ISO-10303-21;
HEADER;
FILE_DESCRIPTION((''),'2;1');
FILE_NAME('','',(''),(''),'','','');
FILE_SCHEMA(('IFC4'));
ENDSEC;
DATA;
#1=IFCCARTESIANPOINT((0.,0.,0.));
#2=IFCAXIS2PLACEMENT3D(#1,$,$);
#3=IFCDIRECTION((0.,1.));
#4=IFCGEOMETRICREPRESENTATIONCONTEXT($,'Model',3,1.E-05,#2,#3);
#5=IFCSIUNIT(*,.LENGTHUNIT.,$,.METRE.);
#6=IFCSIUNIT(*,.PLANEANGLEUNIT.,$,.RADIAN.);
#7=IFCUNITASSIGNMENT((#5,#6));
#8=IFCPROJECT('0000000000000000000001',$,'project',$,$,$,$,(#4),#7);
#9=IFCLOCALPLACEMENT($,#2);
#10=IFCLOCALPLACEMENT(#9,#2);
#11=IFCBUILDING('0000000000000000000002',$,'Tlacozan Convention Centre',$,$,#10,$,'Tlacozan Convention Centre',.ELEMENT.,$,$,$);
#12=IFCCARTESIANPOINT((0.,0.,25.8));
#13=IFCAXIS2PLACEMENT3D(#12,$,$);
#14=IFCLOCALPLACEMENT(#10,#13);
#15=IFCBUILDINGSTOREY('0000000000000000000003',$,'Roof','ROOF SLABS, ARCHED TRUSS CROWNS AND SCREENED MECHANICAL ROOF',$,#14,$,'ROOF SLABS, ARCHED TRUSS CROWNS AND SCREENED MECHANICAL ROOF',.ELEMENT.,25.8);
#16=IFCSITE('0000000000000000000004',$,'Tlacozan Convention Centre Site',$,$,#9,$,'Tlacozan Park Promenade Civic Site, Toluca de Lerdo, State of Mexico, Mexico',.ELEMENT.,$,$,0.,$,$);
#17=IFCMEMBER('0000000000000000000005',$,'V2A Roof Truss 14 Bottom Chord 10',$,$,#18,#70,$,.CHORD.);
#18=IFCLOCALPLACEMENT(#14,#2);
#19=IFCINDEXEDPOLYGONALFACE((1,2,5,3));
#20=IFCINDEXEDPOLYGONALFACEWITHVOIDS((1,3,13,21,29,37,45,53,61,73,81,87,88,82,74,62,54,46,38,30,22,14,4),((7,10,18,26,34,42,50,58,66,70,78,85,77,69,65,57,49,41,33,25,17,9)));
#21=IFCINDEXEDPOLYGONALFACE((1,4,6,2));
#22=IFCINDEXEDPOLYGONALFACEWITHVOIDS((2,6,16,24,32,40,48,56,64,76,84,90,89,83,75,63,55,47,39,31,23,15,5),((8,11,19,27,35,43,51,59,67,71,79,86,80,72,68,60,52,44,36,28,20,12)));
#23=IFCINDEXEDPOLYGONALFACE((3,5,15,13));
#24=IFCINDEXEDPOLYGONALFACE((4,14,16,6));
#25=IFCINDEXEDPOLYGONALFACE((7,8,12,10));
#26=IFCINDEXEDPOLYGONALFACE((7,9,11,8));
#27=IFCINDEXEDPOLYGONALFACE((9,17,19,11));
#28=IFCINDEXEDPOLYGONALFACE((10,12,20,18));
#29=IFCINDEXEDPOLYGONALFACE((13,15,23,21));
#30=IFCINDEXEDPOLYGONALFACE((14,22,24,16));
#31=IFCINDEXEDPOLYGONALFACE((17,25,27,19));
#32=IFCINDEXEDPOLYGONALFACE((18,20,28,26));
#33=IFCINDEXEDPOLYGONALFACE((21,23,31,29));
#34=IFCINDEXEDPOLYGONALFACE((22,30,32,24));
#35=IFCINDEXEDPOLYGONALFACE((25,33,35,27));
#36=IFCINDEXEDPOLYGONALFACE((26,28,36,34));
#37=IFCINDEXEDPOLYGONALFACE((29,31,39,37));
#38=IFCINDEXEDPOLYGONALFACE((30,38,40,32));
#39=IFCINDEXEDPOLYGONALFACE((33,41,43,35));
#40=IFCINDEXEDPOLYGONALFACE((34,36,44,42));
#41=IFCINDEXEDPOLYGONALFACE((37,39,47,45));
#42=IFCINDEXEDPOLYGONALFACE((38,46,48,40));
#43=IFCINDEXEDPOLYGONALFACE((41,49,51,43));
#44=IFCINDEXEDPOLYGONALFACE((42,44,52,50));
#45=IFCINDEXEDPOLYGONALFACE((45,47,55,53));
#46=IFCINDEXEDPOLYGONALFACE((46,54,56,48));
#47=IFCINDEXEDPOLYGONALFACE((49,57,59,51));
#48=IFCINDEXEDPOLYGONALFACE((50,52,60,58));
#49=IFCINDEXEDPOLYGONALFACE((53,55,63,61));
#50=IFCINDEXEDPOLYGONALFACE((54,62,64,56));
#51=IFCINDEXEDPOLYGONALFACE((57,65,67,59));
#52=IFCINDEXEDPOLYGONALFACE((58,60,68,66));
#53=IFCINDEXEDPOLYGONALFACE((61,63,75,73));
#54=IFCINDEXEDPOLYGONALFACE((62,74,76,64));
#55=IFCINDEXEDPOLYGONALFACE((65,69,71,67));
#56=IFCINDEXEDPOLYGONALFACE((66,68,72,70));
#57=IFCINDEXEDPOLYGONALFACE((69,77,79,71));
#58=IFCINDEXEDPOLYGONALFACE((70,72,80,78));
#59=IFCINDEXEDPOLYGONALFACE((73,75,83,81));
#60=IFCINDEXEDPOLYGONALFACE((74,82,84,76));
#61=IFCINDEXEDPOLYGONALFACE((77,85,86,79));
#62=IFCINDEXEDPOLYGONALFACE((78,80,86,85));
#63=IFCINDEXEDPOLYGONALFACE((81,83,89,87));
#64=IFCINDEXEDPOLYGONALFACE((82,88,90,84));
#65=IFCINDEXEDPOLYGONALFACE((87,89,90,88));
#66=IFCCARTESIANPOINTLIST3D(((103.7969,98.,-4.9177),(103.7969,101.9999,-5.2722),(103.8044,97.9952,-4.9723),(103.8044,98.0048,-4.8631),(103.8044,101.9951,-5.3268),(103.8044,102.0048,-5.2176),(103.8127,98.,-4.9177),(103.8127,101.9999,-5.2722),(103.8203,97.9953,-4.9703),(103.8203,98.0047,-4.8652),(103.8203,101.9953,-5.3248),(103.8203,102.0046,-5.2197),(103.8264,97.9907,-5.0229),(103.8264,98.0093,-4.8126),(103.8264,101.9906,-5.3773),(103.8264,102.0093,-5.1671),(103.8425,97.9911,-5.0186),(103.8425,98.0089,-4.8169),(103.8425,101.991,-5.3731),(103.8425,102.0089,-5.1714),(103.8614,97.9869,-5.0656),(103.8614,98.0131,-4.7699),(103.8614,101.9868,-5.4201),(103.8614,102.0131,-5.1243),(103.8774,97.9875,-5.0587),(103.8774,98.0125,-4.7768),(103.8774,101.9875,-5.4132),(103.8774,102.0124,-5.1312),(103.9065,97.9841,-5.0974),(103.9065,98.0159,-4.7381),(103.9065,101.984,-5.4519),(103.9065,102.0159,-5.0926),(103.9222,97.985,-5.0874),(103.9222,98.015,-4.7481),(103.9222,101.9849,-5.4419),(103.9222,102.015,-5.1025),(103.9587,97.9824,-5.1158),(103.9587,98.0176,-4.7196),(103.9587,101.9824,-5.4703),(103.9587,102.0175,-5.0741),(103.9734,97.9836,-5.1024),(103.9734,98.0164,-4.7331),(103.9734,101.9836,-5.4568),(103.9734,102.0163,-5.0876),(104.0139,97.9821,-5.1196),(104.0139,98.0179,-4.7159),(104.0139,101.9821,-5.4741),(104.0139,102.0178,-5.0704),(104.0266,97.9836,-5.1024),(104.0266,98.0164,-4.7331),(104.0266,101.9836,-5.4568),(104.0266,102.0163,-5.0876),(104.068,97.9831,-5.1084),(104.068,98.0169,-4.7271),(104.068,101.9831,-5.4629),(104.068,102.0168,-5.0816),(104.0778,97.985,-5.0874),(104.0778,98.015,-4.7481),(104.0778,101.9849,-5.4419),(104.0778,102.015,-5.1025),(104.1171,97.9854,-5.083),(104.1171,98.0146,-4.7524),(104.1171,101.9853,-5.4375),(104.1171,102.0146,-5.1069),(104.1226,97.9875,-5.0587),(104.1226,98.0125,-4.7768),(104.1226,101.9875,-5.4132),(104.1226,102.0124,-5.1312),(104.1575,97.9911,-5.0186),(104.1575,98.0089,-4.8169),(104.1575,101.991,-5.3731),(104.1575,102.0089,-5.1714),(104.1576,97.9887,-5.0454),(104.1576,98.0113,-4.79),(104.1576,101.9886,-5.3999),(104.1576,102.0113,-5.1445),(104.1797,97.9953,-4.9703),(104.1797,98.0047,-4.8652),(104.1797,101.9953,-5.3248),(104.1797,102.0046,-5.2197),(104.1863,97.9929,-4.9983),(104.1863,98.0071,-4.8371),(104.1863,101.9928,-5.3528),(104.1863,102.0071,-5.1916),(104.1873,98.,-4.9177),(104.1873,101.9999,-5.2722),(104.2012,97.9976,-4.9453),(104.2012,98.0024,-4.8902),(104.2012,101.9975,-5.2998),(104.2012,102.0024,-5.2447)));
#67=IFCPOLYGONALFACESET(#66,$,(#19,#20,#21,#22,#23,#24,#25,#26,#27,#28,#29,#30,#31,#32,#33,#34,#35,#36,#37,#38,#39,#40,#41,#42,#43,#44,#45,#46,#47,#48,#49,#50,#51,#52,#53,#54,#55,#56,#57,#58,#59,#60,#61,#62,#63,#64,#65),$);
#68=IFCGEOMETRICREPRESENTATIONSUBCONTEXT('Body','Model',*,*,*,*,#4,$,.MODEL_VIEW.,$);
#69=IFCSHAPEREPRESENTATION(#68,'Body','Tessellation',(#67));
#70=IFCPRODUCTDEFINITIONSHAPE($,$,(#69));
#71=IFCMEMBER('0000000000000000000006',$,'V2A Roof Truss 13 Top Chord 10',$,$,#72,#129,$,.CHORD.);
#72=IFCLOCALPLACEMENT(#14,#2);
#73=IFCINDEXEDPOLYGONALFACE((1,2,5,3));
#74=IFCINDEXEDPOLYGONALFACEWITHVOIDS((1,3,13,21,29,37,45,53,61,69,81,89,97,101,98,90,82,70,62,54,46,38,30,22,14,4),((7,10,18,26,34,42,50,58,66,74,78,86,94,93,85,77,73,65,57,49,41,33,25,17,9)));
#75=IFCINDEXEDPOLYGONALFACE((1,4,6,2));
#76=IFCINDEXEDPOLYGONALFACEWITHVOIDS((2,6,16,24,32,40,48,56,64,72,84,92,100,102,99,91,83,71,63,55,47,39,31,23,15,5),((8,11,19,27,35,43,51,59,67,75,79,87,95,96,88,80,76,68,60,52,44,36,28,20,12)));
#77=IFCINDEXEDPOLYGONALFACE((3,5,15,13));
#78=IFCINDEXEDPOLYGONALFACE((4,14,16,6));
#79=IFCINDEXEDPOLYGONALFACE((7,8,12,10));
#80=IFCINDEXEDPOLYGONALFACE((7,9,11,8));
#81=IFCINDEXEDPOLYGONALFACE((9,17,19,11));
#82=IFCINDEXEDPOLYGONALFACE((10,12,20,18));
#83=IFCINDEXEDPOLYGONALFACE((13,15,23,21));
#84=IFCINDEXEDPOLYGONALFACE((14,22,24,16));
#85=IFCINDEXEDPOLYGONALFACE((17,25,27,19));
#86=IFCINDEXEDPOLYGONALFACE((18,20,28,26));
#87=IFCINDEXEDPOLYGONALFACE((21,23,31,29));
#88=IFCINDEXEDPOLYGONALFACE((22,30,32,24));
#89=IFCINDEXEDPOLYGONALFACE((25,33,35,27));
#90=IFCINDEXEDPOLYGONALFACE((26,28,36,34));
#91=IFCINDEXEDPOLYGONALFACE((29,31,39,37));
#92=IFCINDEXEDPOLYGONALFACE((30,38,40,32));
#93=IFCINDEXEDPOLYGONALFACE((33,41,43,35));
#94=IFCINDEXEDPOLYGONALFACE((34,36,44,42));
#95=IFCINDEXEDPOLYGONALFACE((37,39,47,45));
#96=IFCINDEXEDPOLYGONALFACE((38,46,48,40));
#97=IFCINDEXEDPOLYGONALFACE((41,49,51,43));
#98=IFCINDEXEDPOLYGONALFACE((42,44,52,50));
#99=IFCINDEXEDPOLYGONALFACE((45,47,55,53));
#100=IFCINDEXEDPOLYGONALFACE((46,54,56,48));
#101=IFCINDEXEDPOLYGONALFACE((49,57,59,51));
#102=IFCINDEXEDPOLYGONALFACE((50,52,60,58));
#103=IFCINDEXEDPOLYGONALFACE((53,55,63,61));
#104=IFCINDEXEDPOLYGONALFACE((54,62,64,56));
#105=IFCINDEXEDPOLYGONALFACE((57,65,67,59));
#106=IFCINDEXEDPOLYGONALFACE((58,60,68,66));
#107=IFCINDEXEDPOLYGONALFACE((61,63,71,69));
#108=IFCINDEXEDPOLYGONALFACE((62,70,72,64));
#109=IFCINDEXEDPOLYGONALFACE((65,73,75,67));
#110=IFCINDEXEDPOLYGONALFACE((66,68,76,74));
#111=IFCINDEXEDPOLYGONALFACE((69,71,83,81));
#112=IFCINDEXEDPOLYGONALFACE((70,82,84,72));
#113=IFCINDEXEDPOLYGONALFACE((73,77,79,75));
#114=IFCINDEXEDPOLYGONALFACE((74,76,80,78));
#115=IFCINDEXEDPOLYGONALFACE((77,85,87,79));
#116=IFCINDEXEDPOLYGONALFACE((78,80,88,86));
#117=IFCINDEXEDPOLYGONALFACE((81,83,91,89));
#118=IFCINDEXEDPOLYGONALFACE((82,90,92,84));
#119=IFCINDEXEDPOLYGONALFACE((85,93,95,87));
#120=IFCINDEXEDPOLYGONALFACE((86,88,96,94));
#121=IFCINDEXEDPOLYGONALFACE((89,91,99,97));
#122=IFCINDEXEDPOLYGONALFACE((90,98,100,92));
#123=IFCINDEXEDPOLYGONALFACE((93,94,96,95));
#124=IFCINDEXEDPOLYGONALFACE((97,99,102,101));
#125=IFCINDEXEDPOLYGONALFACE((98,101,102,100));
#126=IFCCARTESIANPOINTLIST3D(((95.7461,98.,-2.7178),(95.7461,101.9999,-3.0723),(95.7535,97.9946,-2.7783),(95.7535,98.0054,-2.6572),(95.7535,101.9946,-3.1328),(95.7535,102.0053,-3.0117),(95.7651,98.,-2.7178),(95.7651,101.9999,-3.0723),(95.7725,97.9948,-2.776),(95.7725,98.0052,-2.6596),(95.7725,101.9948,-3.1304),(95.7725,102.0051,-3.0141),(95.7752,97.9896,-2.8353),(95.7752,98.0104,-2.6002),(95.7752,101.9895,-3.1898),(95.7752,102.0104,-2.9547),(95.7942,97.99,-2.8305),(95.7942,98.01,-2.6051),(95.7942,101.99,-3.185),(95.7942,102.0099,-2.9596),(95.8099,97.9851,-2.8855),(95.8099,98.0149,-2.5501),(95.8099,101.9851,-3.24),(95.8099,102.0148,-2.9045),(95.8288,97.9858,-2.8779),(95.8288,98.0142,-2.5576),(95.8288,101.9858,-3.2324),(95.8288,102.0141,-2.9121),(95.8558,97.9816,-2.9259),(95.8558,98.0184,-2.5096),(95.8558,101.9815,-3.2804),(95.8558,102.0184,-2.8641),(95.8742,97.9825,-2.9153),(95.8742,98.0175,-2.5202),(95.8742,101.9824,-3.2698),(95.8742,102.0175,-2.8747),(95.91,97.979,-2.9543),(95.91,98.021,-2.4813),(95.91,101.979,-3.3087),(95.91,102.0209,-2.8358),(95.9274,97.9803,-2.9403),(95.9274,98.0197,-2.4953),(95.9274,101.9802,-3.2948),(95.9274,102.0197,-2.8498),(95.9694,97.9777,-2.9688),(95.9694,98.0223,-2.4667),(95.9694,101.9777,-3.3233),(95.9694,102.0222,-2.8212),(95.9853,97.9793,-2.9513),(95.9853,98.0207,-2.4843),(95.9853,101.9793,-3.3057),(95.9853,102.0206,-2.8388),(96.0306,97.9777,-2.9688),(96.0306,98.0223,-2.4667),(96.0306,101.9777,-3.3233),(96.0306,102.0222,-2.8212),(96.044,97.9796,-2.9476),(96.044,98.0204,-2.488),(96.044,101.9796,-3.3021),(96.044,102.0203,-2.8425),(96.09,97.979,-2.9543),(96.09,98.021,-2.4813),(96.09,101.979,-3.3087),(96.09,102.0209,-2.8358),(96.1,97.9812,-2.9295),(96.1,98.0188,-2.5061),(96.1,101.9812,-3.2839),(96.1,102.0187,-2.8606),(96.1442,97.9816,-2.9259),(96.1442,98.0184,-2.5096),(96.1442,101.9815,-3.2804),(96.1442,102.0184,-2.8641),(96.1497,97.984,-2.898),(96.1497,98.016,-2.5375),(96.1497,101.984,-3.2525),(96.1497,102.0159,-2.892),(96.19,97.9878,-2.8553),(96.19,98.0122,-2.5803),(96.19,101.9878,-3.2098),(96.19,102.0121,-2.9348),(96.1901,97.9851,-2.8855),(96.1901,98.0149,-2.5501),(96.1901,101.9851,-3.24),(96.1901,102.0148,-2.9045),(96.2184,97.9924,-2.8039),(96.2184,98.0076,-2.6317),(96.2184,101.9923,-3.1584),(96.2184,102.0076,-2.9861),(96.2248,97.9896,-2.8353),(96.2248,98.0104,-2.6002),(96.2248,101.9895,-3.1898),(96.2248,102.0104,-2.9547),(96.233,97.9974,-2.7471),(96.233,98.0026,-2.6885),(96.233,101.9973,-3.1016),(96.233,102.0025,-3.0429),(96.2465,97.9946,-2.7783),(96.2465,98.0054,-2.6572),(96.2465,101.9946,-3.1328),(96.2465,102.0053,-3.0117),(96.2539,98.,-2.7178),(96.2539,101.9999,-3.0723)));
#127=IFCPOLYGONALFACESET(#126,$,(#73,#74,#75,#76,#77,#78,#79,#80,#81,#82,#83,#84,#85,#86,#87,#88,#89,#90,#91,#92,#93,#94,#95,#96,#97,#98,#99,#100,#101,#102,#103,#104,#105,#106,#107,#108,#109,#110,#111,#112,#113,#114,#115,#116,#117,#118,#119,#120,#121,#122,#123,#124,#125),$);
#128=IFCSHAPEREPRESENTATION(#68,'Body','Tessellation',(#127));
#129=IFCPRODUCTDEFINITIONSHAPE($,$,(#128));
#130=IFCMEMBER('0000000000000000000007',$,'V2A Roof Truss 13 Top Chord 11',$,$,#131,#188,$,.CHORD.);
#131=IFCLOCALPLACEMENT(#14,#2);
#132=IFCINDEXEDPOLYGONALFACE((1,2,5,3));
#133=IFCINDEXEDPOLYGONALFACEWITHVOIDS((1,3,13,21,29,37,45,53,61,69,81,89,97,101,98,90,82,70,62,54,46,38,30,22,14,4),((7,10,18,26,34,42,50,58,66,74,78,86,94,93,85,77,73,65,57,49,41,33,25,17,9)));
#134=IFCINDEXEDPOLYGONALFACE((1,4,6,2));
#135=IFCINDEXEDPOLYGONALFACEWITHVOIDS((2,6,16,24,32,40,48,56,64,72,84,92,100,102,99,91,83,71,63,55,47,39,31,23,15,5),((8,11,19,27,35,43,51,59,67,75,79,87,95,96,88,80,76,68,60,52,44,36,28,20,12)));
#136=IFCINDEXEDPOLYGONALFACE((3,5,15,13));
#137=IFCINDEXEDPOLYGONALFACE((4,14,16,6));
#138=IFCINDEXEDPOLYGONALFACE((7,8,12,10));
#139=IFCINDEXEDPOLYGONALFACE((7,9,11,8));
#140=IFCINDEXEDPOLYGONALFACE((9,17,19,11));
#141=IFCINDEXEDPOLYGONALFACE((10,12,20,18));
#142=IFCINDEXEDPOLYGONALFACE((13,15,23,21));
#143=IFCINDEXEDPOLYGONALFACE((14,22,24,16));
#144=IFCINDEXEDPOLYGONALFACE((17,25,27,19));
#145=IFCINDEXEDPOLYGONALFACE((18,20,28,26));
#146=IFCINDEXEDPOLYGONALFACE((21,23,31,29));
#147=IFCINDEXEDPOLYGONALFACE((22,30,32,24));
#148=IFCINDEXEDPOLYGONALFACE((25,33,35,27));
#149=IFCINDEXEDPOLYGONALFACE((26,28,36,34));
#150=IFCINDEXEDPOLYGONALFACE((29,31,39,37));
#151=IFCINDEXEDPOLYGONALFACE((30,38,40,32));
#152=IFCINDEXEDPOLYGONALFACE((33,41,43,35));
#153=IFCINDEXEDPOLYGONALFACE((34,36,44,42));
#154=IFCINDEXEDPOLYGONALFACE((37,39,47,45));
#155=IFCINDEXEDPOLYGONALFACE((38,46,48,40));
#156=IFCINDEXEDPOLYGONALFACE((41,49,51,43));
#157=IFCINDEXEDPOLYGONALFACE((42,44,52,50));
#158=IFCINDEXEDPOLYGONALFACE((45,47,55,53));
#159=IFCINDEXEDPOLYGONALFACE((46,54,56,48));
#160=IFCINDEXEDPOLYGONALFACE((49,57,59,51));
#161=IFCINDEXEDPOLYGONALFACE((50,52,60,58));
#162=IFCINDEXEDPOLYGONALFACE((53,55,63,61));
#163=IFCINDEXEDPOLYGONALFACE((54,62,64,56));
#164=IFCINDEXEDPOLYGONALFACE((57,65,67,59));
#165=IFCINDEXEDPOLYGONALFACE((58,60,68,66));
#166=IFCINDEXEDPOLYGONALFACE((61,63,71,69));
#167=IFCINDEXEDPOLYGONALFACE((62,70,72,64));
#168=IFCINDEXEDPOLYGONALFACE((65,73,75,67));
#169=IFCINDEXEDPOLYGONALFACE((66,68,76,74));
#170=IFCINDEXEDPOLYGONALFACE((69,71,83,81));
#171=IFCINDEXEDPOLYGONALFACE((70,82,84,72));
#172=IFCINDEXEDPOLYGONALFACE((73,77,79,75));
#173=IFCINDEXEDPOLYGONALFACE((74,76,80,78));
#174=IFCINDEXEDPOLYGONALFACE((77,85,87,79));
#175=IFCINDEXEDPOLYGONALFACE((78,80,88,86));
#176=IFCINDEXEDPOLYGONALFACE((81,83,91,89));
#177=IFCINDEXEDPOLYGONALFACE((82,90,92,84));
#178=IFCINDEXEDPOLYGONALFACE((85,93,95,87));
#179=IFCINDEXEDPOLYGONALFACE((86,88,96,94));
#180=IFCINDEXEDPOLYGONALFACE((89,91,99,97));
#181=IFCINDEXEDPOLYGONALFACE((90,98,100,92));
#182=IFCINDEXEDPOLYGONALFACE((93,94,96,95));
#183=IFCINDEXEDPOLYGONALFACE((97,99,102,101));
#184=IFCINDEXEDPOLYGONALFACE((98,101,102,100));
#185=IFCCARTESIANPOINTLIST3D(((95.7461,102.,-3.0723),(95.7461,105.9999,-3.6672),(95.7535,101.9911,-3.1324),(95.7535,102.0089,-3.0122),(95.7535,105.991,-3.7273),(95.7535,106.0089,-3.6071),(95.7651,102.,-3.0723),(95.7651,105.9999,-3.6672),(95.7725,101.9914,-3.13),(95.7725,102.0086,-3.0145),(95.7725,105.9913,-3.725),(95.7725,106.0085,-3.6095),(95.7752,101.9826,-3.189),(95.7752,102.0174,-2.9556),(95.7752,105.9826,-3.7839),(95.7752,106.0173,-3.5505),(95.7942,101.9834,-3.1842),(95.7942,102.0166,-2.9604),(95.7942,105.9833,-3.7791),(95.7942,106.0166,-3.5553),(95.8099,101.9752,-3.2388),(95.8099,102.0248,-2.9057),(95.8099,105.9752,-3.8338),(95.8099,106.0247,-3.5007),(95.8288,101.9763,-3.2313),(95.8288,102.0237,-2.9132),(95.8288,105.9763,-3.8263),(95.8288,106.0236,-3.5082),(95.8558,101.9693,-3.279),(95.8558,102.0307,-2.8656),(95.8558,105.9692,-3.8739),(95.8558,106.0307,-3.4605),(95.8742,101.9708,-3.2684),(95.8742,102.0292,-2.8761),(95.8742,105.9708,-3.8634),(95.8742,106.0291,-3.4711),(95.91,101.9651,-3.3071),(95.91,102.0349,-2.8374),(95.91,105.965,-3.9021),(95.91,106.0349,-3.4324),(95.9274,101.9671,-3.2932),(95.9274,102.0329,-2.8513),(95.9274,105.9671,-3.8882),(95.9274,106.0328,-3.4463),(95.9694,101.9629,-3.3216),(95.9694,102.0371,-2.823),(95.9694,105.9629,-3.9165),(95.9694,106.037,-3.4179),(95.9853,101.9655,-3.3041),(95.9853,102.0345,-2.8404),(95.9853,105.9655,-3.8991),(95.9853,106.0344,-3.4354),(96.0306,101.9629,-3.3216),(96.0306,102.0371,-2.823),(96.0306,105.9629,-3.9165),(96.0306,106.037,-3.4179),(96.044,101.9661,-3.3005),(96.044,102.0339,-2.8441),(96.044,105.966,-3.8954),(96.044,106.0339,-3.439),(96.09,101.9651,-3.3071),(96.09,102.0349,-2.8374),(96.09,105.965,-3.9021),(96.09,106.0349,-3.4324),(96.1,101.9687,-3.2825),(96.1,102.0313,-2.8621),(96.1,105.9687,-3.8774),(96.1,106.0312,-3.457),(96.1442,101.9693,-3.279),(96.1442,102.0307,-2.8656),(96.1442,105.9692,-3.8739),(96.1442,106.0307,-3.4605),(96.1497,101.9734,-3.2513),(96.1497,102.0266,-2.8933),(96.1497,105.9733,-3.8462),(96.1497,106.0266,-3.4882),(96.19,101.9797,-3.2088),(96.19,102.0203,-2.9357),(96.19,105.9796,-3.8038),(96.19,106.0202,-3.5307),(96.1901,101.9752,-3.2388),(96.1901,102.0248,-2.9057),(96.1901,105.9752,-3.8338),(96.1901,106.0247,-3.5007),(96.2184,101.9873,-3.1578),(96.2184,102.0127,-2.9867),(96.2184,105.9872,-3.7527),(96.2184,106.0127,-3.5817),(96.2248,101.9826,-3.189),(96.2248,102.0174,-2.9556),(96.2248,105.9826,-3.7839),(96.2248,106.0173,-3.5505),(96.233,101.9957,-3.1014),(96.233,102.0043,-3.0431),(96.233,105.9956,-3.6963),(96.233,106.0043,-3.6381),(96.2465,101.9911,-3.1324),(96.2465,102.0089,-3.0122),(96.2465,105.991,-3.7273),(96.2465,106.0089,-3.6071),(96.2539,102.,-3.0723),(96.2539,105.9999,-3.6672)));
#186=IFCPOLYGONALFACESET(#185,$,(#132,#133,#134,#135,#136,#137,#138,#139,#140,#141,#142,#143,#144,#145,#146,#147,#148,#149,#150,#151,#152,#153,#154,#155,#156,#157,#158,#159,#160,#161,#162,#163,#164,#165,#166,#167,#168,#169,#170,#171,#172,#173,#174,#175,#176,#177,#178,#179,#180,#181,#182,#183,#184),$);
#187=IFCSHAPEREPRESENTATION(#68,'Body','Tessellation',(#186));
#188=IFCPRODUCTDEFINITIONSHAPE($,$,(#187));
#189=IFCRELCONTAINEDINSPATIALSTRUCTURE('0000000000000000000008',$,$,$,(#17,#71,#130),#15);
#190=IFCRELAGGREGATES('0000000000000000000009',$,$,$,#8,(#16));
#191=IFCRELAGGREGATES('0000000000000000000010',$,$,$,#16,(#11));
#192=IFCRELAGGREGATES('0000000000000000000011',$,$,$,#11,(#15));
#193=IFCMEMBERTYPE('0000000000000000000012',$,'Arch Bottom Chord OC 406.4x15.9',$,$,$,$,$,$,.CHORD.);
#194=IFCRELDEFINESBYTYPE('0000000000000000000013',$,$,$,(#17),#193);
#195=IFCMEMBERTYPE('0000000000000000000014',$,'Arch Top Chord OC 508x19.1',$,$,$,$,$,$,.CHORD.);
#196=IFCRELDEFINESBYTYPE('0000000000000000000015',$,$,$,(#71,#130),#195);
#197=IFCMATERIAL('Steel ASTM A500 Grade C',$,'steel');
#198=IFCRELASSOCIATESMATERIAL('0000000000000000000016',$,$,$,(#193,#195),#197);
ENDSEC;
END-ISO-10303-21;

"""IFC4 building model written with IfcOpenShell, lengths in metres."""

from ifc_helpers import new_model, si_unit, direction, frame, origin, origin_2d, place, context, subcontext, project, spatial, hollow_circle, extrude, material, material_profile, profile_set, type_object, element, save


model = new_model("IFC4")

# Units and contexts
model_context = context("Model", 3, precision=1e-05, world=origin(), true_north=direction((0.0, 1.0)))
body_context = subcontext(model_context, "Body", "Model", "MODEL_VIEW")
ifc_project = project(units=[si_unit("LENGTHUNIT", "METRE"), si_unit("PLANEANGLEUNIT", "RADIAN")], contexts=[model_context])

# Site, building, storey
site_placement = place(None, origin())
site = spatial("IfcSite", under=ifc_project, at=site_placement, Name="Tlacozan Convention Centre Site", LongName="Tlacozan Park Promenade Civic Site, Toluca de Lerdo, State of Mexico, Mexico", CompositionType="ELEMENT", RefElevation=0.0)
building_placement = place(site_placement, origin())
building = spatial("IfcBuilding", under=site, at=building_placement, Name="Tlacozan Convention Centre", LongName="Tlacozan Convention Centre", CompositionType="ELEMENT")
storey_placement = place(building_placement, frame((0.0, 0.0, 25.8)))
storey = spatial("IfcBuildingStorey", under=building, at=storey_placement, Name="Roof", Description="ROOF SLABS, ARCHED TRUSS CROWNS AND SCREENED MECHANICAL ROOF", LongName="ROOF SLABS, ARCHED TRUSS CROWNS AND SCREENED MECHANICAL ROOF", CompositionType="ELEMENT", Elevation=25.8)

# Members
ifc_material_1 = material(Name="Steel ASTM A500 Grade C", Category="steel")
ifc_material_profile_1 = material_profile(ifc_material_1, hollow_circle(Radius=0.2031, WallThickness=0.0159, at=origin_2d()), Name="OC 406.4x15.9")
ifc_profile_set_1 = profile_set([ifc_material_profile_1], Name="Steel ASTM A500 Grade C")
member_type_1 = type_object("IfcMemberType", Name="Arch Bottom Chord OC 406.4x15.9", PredefinedType="CHORD", material=ifc_profile_set_1)
member_1_placement = place(storey_placement, frame((104.0, 98.0, -4.9177), z_axis=(0.0, 0.996096, -0.088277), x_axis=(-1.0, 0.0, 0.0)))
element("IfcMember", 1, at=member_1_placement, inside=storey, type_object=member_type_1, Name="V2A Roof Truss 14 Bottom Chord 10", PredefinedType="CHORD", context=body_context, shape_type="SweptSolid", body=[
    extrude(hollow_circle(Radius=0.2031, WallThickness=0.0159, at=origin_2d()), origin(), (0.0, 0.0, 1.0), 4.0156),
])
ifc_material_profile_2 = material_profile(ifc_material_1, hollow_circle(Radius=0.2539, WallThickness=0.019, at=origin_2d()), Name="OC 508.0x19.1")
ifc_profile_set_2 = profile_set([ifc_material_profile_2], Name="Steel ASTM A500 Grade C")
member_type_2 = type_object("IfcMemberType", Name="Arch Top Chord OC 508x19.1", PredefinedType="CHORD", material=ifc_profile_set_2)
member_2_placement = place(storey_placement, frame((96.0, 98.0, -2.7178), z_axis=(0.0, 0.996096, -0.088277), x_axis=(-1.0, 0.0, 0.0)))
element("IfcMember", 2, at=member_2_placement, inside=storey, type_object=member_type_2, Name="V2A Roof Truss 13 Top Chord 10", PredefinedType="CHORD", context=body_context, shape_type="SweptSolid", body=[
    extrude(hollow_circle(Radius=0.2539, WallThickness=0.019, at=origin_2d()), origin(), (0.0, 0.0, 1.0), 4.0156),
])
member_3_placement = place(storey_placement, frame((96.0, 102.0, -3.0723), z_axis=(0.0, 0.989118, -0.147124), x_axis=(-1.0, 0.0, 0.0)))
element("IfcMember", 3, at=member_3_placement, inside=storey, type_object=member_type_2, Name="V2A Roof Truss 13 Top Chord 11", PredefinedType="CHORD", context=body_context, shape_type="SweptSolid", body=[
    extrude(hollow_circle(Radius=0.2539, WallThickness=0.019, at=origin_2d()), origin(), (0.0, 0.0, 1.0), 4.0439),
])

save(model, "model.ifc")
